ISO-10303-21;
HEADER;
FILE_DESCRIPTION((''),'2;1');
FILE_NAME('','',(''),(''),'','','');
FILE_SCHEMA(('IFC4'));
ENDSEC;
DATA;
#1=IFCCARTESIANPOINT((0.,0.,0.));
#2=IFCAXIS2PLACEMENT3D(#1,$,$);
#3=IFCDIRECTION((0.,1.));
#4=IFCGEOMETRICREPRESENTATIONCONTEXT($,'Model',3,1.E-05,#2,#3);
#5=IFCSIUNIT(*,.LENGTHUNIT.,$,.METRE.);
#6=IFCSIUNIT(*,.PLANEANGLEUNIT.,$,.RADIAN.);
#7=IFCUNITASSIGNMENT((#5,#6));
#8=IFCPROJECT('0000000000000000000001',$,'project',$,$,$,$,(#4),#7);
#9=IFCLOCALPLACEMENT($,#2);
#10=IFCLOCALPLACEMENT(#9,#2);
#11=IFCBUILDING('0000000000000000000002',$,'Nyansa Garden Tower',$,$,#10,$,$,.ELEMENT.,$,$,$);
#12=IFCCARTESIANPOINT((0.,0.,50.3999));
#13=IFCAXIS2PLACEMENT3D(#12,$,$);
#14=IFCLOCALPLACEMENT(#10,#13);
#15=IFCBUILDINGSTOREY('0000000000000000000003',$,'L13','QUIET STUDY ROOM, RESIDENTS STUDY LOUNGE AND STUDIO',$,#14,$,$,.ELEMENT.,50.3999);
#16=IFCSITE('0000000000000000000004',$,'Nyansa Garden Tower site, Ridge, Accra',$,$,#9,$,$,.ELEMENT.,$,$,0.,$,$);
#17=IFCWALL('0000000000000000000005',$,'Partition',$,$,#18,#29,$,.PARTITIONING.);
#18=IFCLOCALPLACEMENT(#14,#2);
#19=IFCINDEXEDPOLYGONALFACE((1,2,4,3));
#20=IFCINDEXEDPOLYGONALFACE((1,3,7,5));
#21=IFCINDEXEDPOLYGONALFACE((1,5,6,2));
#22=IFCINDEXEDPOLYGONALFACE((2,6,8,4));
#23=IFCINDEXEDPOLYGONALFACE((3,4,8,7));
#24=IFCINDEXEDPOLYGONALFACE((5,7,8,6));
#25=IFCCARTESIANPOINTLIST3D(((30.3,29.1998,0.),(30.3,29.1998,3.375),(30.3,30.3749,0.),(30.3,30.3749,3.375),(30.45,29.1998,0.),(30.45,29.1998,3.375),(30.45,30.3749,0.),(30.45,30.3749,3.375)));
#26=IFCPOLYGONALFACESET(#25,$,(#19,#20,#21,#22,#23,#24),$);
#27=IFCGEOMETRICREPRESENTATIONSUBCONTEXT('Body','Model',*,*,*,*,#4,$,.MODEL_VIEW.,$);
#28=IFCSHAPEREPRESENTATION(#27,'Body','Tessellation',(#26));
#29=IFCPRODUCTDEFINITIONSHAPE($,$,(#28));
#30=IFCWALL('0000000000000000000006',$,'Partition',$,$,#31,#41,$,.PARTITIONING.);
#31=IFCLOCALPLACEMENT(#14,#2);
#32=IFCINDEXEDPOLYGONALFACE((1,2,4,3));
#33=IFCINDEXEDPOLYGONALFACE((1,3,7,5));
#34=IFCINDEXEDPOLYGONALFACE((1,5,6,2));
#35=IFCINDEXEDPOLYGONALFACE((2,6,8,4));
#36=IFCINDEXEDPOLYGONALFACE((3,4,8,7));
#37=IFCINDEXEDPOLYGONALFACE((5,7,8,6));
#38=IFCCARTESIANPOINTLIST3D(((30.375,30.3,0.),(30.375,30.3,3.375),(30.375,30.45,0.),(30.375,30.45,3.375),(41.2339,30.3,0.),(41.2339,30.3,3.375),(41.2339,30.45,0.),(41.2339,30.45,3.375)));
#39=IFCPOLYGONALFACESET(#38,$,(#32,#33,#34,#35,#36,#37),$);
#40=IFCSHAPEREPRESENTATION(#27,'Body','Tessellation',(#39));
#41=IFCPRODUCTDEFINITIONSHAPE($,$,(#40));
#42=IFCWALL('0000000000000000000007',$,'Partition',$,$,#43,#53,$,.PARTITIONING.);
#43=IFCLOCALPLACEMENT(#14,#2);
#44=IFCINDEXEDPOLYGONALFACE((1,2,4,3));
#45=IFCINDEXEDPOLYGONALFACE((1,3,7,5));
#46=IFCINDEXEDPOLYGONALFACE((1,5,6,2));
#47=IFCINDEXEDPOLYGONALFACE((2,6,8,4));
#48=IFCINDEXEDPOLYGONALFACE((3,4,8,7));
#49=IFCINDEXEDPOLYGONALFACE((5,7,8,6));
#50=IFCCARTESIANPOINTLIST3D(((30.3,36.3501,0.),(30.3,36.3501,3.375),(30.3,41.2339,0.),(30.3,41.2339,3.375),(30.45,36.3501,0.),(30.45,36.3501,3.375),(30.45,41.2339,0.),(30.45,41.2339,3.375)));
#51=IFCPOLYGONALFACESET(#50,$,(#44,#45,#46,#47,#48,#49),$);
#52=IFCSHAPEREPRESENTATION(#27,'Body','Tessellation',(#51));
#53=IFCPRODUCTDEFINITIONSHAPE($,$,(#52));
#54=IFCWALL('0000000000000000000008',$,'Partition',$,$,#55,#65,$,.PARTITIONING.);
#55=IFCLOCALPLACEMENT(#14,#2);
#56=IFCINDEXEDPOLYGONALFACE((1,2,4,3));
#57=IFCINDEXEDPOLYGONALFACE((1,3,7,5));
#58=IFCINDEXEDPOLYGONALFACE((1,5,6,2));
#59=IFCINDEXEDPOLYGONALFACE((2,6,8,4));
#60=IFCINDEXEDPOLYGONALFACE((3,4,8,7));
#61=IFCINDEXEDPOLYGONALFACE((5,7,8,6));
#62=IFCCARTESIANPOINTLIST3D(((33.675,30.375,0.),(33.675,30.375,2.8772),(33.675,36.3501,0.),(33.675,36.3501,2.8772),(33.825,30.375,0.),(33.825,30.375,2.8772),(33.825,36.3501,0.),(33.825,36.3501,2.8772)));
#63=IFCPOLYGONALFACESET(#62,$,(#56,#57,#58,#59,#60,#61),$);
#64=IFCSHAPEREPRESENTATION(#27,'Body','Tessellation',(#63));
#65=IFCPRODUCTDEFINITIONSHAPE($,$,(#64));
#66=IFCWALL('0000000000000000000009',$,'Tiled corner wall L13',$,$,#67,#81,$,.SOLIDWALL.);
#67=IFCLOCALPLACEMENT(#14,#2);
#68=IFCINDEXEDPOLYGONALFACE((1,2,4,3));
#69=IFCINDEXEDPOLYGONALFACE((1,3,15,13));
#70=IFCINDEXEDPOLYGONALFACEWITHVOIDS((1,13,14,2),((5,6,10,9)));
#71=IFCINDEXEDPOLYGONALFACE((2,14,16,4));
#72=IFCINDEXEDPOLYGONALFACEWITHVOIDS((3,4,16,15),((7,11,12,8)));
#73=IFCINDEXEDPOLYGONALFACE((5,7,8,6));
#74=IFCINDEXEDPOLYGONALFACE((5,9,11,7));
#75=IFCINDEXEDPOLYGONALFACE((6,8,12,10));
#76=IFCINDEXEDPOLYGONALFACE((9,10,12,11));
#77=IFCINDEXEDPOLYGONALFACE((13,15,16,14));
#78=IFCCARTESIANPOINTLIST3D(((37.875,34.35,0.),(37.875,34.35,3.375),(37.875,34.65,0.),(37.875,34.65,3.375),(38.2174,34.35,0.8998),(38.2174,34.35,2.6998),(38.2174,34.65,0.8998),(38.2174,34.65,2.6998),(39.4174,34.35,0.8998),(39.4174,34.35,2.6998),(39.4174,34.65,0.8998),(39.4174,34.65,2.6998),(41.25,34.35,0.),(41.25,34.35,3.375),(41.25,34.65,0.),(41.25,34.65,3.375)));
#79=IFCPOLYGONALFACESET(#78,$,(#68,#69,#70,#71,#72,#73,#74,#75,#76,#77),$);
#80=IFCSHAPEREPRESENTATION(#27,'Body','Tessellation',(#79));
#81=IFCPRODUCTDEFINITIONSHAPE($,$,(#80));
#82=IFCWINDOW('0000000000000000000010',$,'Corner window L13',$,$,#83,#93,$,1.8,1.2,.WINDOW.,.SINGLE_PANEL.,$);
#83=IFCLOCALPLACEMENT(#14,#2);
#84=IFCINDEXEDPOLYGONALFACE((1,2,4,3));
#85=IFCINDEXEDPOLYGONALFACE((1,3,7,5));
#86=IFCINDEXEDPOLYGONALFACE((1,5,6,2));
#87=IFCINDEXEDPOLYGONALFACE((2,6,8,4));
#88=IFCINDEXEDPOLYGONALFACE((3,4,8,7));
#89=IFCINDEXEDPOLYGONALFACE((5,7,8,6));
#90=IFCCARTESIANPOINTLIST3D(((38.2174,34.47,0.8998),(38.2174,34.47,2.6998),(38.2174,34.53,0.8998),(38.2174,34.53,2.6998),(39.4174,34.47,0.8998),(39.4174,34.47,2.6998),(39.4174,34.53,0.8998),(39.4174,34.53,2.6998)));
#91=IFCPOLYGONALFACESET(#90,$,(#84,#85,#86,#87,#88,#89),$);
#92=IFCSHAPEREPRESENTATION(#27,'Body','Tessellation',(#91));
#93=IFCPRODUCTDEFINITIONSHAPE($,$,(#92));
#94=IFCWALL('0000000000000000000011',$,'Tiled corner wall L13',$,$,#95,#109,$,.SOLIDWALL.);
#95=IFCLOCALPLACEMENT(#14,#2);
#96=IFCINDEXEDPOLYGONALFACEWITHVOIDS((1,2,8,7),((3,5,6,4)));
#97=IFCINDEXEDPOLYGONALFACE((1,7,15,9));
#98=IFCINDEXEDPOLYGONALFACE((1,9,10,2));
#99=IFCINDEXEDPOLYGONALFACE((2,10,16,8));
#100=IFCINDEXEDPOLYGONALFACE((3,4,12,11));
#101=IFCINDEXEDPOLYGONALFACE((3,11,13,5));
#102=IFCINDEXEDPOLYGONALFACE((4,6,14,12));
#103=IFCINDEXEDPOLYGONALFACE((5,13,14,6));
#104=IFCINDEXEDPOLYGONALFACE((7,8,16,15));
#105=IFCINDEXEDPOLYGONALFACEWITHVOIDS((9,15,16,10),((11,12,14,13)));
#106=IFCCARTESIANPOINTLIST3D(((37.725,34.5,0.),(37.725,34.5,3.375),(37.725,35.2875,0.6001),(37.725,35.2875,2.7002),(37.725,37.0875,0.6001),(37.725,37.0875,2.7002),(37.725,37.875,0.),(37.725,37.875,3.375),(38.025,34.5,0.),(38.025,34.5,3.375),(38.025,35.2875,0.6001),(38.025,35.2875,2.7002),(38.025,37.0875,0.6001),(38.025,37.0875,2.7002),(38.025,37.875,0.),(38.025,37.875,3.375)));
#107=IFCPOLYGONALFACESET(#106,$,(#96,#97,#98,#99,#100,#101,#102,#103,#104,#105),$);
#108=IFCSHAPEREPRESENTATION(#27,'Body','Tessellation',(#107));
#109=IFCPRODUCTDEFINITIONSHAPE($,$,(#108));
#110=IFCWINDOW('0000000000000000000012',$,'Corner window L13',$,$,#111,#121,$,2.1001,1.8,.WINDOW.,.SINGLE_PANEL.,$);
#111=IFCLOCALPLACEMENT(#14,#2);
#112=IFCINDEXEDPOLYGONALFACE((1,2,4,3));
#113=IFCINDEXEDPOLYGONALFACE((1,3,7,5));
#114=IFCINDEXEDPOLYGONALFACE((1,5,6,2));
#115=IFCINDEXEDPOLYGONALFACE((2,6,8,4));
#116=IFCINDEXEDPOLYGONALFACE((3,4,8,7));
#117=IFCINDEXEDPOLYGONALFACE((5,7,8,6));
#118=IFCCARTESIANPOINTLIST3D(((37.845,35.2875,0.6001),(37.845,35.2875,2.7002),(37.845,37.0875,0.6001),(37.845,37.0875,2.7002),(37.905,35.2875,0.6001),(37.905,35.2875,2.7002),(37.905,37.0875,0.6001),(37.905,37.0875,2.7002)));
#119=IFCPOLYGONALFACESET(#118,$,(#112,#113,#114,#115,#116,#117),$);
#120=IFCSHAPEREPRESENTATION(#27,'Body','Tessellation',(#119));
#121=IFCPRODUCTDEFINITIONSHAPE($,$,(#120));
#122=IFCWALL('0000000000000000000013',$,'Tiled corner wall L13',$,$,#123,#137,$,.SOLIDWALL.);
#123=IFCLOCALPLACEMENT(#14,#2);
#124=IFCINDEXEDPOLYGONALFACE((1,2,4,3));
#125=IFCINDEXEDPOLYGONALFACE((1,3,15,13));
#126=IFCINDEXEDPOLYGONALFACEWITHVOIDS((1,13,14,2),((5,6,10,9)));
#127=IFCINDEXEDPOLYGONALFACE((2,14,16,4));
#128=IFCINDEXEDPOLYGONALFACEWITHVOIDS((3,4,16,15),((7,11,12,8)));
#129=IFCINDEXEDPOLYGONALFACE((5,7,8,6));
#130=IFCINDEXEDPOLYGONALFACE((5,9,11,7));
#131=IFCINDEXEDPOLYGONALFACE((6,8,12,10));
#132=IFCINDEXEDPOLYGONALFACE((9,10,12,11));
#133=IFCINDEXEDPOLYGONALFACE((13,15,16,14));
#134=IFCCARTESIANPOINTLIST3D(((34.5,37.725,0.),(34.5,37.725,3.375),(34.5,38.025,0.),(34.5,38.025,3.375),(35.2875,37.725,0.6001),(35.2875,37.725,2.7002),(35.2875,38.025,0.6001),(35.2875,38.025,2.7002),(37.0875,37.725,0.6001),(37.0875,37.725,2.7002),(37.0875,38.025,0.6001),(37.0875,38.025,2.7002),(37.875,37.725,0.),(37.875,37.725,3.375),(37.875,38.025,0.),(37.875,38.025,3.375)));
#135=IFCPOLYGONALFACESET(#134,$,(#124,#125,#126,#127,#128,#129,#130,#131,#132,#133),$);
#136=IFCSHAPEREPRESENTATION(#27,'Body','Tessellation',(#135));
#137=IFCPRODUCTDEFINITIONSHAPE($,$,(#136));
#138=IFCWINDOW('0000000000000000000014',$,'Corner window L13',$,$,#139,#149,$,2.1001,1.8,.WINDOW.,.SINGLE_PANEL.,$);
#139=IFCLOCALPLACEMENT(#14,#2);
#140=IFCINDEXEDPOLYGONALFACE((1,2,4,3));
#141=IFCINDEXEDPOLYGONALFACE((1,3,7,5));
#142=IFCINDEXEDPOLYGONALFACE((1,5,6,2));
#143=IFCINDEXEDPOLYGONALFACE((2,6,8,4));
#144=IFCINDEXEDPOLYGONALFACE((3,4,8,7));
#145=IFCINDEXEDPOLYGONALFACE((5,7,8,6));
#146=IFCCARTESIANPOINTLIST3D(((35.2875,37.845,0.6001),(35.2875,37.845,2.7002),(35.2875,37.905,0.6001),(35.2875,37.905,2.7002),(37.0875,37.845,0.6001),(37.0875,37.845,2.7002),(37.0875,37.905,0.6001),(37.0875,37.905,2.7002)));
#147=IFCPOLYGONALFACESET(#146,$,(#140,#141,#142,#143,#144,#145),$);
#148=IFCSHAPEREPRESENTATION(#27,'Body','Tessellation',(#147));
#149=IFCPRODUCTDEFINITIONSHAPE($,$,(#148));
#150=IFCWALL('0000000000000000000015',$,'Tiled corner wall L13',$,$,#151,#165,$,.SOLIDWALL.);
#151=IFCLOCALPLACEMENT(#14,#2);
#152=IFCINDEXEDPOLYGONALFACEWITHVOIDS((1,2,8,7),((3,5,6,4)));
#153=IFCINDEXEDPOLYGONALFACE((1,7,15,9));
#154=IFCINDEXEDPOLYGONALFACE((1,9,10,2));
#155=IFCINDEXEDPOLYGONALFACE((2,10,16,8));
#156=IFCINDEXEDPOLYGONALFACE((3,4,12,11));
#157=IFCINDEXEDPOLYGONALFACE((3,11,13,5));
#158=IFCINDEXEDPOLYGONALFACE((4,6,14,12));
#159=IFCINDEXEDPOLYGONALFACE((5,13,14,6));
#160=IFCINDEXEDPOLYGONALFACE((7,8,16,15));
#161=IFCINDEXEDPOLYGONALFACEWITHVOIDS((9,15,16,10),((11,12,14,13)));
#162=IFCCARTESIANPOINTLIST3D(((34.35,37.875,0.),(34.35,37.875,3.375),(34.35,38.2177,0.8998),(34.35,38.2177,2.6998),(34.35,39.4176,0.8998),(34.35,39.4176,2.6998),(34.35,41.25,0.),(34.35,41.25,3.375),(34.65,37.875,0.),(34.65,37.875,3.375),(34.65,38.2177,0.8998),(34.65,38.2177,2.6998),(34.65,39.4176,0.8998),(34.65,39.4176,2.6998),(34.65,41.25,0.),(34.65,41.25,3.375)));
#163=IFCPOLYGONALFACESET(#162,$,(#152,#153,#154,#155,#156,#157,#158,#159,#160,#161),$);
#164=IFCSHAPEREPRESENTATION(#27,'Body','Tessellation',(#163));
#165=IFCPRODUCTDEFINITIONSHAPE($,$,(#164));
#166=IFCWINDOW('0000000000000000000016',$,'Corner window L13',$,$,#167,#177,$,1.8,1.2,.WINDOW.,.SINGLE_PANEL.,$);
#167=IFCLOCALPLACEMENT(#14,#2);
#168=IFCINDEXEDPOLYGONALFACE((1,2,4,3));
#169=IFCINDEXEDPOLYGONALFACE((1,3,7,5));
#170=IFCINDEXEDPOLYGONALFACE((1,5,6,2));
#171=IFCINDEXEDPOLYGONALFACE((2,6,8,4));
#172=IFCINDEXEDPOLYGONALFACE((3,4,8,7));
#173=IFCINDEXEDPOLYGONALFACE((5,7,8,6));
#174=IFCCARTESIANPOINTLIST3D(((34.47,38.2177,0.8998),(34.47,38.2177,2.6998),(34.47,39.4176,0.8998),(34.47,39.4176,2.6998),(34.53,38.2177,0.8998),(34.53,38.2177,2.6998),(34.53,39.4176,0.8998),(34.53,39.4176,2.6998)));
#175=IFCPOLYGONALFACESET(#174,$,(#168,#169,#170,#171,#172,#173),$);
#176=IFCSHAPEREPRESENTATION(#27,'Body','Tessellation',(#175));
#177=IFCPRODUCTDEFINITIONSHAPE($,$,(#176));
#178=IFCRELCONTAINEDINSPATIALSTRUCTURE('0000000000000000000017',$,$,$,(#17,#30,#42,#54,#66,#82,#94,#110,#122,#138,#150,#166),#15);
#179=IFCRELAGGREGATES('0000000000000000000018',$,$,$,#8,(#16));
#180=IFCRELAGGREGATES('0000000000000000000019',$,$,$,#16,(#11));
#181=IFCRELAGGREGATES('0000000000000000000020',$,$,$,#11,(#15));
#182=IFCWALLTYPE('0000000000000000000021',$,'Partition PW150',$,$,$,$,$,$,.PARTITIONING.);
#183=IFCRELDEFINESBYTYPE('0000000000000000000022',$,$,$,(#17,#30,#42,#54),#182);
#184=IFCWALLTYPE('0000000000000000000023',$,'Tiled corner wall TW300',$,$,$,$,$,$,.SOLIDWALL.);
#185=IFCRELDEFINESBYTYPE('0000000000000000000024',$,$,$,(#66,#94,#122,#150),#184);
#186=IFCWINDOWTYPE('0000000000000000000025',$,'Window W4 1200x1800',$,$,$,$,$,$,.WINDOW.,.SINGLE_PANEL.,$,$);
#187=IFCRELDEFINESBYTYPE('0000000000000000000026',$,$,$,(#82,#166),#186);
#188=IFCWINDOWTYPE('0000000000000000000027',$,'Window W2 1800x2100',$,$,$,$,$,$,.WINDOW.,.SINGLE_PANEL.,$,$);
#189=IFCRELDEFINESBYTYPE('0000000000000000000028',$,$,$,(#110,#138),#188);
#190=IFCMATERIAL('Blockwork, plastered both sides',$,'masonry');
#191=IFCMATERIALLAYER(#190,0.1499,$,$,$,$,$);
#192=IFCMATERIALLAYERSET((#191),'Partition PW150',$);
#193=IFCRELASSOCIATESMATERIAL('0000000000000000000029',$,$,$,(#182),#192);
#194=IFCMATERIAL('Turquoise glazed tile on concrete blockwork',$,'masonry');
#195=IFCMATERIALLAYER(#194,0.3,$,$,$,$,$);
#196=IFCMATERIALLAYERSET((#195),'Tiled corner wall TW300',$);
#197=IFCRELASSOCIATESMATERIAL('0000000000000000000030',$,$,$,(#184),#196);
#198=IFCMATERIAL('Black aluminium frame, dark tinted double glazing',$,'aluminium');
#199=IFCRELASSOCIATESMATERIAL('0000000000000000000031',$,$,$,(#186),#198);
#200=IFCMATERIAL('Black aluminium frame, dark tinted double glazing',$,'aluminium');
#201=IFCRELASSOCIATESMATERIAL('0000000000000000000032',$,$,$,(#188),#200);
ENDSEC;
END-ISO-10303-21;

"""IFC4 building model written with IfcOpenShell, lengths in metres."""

from ifc_helpers import new_model, si_unit, direction, frame, frame_2d, origin, place, context, subcontext, project, spatial, rectangle, extrude, material, layer, layer_set, type_object, element, fill, save


model = new_model("IFC4")

# Units and contexts
model_context = context("Model", 3, precision=1e-05, world=origin(), true_north=direction((0.0, 1.0)))
body_context = subcontext(model_context, "Body", "Model", "MODEL_VIEW")
ifc_project = project(units=[si_unit("LENGTHUNIT", "METRE"), si_unit("PLANEANGLEUNIT", "RADIAN")], contexts=[model_context])

# Site, building, storey
site_placement = place(None, origin())
site = spatial("IfcSite", under=ifc_project, at=site_placement, Name="Nyansa Garden Tower site, Ridge, Accra", CompositionType="ELEMENT", RefElevation=0.0)
building_placement = place(site_placement, origin())
building = spatial("IfcBuilding", under=site, at=building_placement, Name="Nyansa Garden Tower", CompositionType="ELEMENT")
storey_placement = place(building_placement, frame((0.0, 0.0, 50.3999)))
storey = spatial("IfcBuildingStorey", under=building, at=storey_placement, Name="L13", Description="QUIET STUDY ROOM, RESIDENTS STUDY LOUNGE AND STUDIO", CompositionType="ELEMENT", Elevation=50.3999)

# Walls
ifc_material_1 = material(Name="Blockwork, plastered both sides", Category="masonry")
ifc_layer_1 = layer(ifc_material_1, 0.1499)
ifc_layer_set_1 = layer_set([ifc_layer_1], Name="Partition PW150")
wall_type_1 = type_object("IfcWallType", Name="Partition PW150", PredefinedType="PARTITIONING", material=ifc_layer_set_1)
wall_1_placement = place(storey_placement, frame((30.375, 29.2, 0.0), z_axis=(0.0, 0.0, 1.0), x_axis=(0.0, 1.0, 0.0)))
element("IfcWall", 1, at=wall_1_placement, inside=storey, type_object=wall_type_1, Name="Partition", PredefinedType="PARTITIONING", context=body_context, shape_type="SweptSolid", body=[
    extrude(rectangle(XDim=1.175, YDim=0.1499, at=frame_2d((0.5874, 0.0))), origin(), (0.0, 0.0, 1.0), 3.375),
])
wall_2_placement = place(storey_placement, frame((30.375, 30.375, 0.0), z_axis=(0.0, 0.0, 1.0), x_axis=(1.0, 0.0, 0.0)))
element("IfcWall", 2, at=wall_2_placement, inside=storey, type_object=wall_type_1, Name="Partition", PredefinedType="PARTITIONING", context=body_context, shape_type="SweptSolid", body=[
    extrude(rectangle(XDim=10.8589, YDim=0.1499, at=frame_2d((5.4294, 0.0))), origin(), (0.0, 0.0, 1.0), 3.375),
])
wall_3_placement = place(storey_placement, frame((30.375, 36.3501, 0.0), z_axis=(0.0, 0.0, 1.0), x_axis=(0.0, 1.0, 0.0)))
element("IfcWall", 3, at=wall_3_placement, inside=storey, type_object=wall_type_1, Name="Partition", PredefinedType="PARTITIONING", context=body_context, shape_type="SweptSolid", body=[
    extrude(rectangle(XDim=4.8838, YDim=0.1499, at=frame_2d((2.4419, 0.0))), origin(), (0.0, 0.0, 1.0), 3.375),
])
wall_4_placement = place(storey_placement, frame((33.75, 30.375, 0.0), z_axis=(0.0, 0.0, 1.0), x_axis=(0.0, 1.0, 0.0)))
element("IfcWall", 4, at=wall_4_placement, inside=storey, type_object=wall_type_1, Name="Partition", PredefinedType="PARTITIONING", context=body_context, shape_type="SweptSolid", body=[
    extrude(rectangle(XDim=5.9751, YDim=0.1499, at=frame_2d((2.9875, 0.0))), origin(), (0.0, 0.0, 1.0), 2.8772),
])

# Walls, openings, windows
ifc_material_2 = material(Name="Turquoise glazed tile on concrete blockwork", Category="masonry")
ifc_layer_2 = layer(ifc_material_2, 0.3)
ifc_layer_set_2 = layer_set([ifc_layer_2], Name="Tiled corner wall TW300")
wall_type_2 = type_object("IfcWallType", Name="Tiled corner wall TW300", PredefinedType="SOLIDWALL", material=ifc_layer_set_2)
wall_5_placement = place(storey_placement, frame((41.25, 34.5, 0.0), z_axis=(0.0, 0.0, 1.0), x_axis=(-1.0, 0.0, 0.0)))
wall_5 = element("IfcWall", 5, at=wall_5_placement, inside=storey, type_object=wall_type_2, Name="Tiled corner wall L13", PredefinedType="SOLIDWALL", context=body_context, shape_type="SweptSolid", body=[
    extrude(rectangle(XDim=3.375, YDim=0.3, at=frame_2d((1.6875, 0.0))), origin(), (0.0, 0.0, 1.0), 3.375),
])
opening_1_placement = place(wall_5_placement, frame((1.8325, 0.0, 0.8999)))
opening_1 = element("IfcOpeningElement", 6, at=opening_1_placement, cuts=wall_5, PredefinedType="OPENING", context=body_context, shape_type="SweptSolid", body=[
    extrude(rectangle(XDim=1.2, YDim=1.8, at=frame_2d((0.6001, 0.8999))), frame((0.0, 0.1599, 0.0), z_axis=(0.0, -1.0, 0.0), x_axis=(1.0, 0.0, 0.0)), (0.0, 0.0, 1.0), 0.3201),
])
ifc_material_3 = material(Name="Black aluminium frame, dark tinted double glazing", Category="aluminium")
window_type_1 = type_object("IfcWindowType", Name="Window W4 1200x1800", PartitioningType="SINGLE_PANEL", PredefinedType="WINDOW", material=ifc_material_3)
window_1_placement = place(opening_1_placement, origin())
window_1 = element("IfcWindow", 7, at=window_1_placement, inside=storey, type_object=window_type_1, Name="Corner window L13", OverallHeight=1.8, OverallWidth=1.2, PartitioningType="SINGLE_PANEL", PredefinedType="WINDOW", context=body_context, shape_type="SweptSolid", body=[
    extrude(rectangle(XDim=1.2, YDim=1.8, at=frame_2d((0.6001, 0.8999))), frame((0.0, 0.03, 0.0), z_axis=(0.0, -1.0, 0.0), x_axis=(1.0, 0.0, 0.0)), (0.0, 0.0, 1.0), 0.0601),
])
fill(opening_1, window_1)
wall_6_placement = place(storey_placement, frame((37.875, 34.5, 0.0), z_axis=(0.0, 0.0, 1.0), x_axis=(0.0, 1.0, 0.0)))
wall_6 = element("IfcWall", 8, at=wall_6_placement, inside=storey, type_object=wall_type_2, Name="Tiled corner wall L13", PredefinedType="SOLIDWALL", context=body_context, shape_type="SweptSolid", body=[
    extrude(rectangle(XDim=3.375, YDim=0.3, at=frame_2d((1.6875, 0.0))), origin(), (0.0, 0.0, 1.0), 3.375),
])
opening_2_placement = place(wall_6_placement, frame((0.7876, 0.0, 0.6001)))
opening_2 = element("IfcOpeningElement", 9, at=opening_2_placement, cuts=wall_6, PredefinedType="OPENING", context=body_context, shape_type="SweptSolid", body=[
    extrude(rectangle(XDim=1.8, YDim=2.1001, at=frame_2d((0.8999, 1.05))), frame((0.0, 0.1599, 0.0), z_axis=(0.0, -1.0, 0.0), x_axis=(1.0, 0.0, 0.0)), (0.0, 0.0, 1.0), 0.3201),
])
ifc_material_4 = material(Name="Black aluminium frame, dark tinted double glazing", Category="aluminium")
window_type_2 = type_object("IfcWindowType", Name="Window W2 1800x2100", PartitioningType="SINGLE_PANEL", PredefinedType="WINDOW", material=ifc_material_4)
window_2_placement = place(opening_2_placement, origin())
window_2 = element("IfcWindow", 10, at=window_2_placement, inside=storey, type_object=window_type_2, Name="Corner window L13", OverallHeight=2.1001, OverallWidth=1.8, PartitioningType="SINGLE_PANEL", PredefinedType="WINDOW", context=body_context, shape_type="SweptSolid", body=[
    extrude(rectangle(XDim=1.8, YDim=2.1001, at=frame_2d((0.8999, 1.05))), frame((0.0, 0.03, 0.0), z_axis=(0.0, -1.0, 0.0), x_axis=(1.0, 0.0, 0.0)), (0.0, 0.0, 1.0), 0.0601),
])
fill(opening_2, window_2)
wall_7_placement = place(storey_placement, frame((37.875, 37.875, 0.0), z_axis=(0.0, 0.0, 1.0), x_axis=(-1.0, 0.0, 0.0)))
wall_7 = element("IfcWall", 11, at=wall_7_placement, inside=storey, type_object=wall_type_2, Name="Tiled corner wall L13", PredefinedType="SOLIDWALL", context=body_context, shape_type="SweptSolid", body=[
    extrude(rectangle(XDim=3.375, YDim=0.3, at=frame_2d((1.6875, 0.0))), origin(), (0.0, 0.0, 1.0), 3.375),
])
opening_3_placement = place(wall_7_placement, frame((0.7876, 0.0, 0.6001)))
opening_3 = element("IfcOpeningElement", 12, at=opening_3_placement, cuts=wall_7, PredefinedType="OPENING", context=body_context, shape_type="SweptSolid", body=[
    extrude(rectangle(XDim=1.8, YDim=2.1001, at=frame_2d((0.8999, 1.05))), frame((0.0, 0.1599, 0.0), z_axis=(0.0, -1.0, 0.0), x_axis=(1.0, 0.0, 0.0)), (0.0, 0.0, 1.0), 0.3201),
])
window_3_placement = place(opening_3_placement, origin())
window_3 = element("IfcWindow", 13, at=window_3_placement, inside=storey, type_object=window_type_2, Name="Corner window L13", OverallHeight=2.1001, OverallWidth=1.8, PartitioningType="SINGLE_PANEL", PredefinedType="WINDOW", context=body_context, shape_type="SweptSolid", body=[
    extrude(rectangle(XDim=1.8, YDim=2.1001, at=frame_2d((0.8999, 1.05))), frame((0.0, 0.03, 0.0), z_axis=(0.0, -1.0, 0.0), x_axis=(1.0, 0.0, 0.0)), (0.0, 0.0, 1.0), 0.0601),
])
fill(opening_3, window_3)
wall_8_placement = place(storey_placement, frame((34.5, 37.875, 0.0), z_axis=(0.0, 0.0, 1.0), x_axis=(0.0, 1.0, 0.0)))
wall_8 = element("IfcWall", 14, at=wall_8_placement, inside=storey, type_object=wall_type_2, Name="Tiled corner wall L13", PredefinedType="SOLIDWALL", context=body_context, shape_type="SweptSolid", body=[
    extrude(rectangle(XDim=3.375, YDim=0.3, at=frame_2d((1.6875, 0.0))), origin(), (0.0, 0.0, 1.0), 3.375),
])
opening_4_placement = place(wall_8_placement, frame((0.3425, 0.0, 0.8999)))
opening_4 = element("IfcOpeningElement", 15, at=opening_4_placement, cuts=wall_8, PredefinedType="OPENING", context=body_context, shape_type="SweptSolid", body=[
    extrude(rectangle(XDim=1.2, YDim=1.8, at=frame_2d((0.6001, 0.8999))), frame((0.0, 0.1599, 0.0), z_axis=(0.0, -1.0, 0.0), x_axis=(1.0, 0.0, 0.0)), (0.0, 0.0, 1.0), 0.3201),
])
window_4_placement = place(opening_4_placement, origin())
window_4 = element("IfcWindow", 16, at=window_4_placement, inside=storey, type_object=window_type_1, Name="Corner window L13", OverallHeight=1.8, OverallWidth=1.2, PartitioningType="SINGLE_PANEL", PredefinedType="WINDOW", context=body_context, shape_type="SweptSolid", body=[
    extrude(rectangle(XDim=1.2, YDim=1.8, at=frame_2d((0.6001, 0.8999))), frame((0.0, 0.03, 0.0), z_axis=(0.0, -1.0, 0.0), x_axis=(1.0, 0.0, 0.0)), (0.0, 0.0, 1.0), 0.0601),
])
fill(opening_4, window_4)

save(model, "model.ifc")
